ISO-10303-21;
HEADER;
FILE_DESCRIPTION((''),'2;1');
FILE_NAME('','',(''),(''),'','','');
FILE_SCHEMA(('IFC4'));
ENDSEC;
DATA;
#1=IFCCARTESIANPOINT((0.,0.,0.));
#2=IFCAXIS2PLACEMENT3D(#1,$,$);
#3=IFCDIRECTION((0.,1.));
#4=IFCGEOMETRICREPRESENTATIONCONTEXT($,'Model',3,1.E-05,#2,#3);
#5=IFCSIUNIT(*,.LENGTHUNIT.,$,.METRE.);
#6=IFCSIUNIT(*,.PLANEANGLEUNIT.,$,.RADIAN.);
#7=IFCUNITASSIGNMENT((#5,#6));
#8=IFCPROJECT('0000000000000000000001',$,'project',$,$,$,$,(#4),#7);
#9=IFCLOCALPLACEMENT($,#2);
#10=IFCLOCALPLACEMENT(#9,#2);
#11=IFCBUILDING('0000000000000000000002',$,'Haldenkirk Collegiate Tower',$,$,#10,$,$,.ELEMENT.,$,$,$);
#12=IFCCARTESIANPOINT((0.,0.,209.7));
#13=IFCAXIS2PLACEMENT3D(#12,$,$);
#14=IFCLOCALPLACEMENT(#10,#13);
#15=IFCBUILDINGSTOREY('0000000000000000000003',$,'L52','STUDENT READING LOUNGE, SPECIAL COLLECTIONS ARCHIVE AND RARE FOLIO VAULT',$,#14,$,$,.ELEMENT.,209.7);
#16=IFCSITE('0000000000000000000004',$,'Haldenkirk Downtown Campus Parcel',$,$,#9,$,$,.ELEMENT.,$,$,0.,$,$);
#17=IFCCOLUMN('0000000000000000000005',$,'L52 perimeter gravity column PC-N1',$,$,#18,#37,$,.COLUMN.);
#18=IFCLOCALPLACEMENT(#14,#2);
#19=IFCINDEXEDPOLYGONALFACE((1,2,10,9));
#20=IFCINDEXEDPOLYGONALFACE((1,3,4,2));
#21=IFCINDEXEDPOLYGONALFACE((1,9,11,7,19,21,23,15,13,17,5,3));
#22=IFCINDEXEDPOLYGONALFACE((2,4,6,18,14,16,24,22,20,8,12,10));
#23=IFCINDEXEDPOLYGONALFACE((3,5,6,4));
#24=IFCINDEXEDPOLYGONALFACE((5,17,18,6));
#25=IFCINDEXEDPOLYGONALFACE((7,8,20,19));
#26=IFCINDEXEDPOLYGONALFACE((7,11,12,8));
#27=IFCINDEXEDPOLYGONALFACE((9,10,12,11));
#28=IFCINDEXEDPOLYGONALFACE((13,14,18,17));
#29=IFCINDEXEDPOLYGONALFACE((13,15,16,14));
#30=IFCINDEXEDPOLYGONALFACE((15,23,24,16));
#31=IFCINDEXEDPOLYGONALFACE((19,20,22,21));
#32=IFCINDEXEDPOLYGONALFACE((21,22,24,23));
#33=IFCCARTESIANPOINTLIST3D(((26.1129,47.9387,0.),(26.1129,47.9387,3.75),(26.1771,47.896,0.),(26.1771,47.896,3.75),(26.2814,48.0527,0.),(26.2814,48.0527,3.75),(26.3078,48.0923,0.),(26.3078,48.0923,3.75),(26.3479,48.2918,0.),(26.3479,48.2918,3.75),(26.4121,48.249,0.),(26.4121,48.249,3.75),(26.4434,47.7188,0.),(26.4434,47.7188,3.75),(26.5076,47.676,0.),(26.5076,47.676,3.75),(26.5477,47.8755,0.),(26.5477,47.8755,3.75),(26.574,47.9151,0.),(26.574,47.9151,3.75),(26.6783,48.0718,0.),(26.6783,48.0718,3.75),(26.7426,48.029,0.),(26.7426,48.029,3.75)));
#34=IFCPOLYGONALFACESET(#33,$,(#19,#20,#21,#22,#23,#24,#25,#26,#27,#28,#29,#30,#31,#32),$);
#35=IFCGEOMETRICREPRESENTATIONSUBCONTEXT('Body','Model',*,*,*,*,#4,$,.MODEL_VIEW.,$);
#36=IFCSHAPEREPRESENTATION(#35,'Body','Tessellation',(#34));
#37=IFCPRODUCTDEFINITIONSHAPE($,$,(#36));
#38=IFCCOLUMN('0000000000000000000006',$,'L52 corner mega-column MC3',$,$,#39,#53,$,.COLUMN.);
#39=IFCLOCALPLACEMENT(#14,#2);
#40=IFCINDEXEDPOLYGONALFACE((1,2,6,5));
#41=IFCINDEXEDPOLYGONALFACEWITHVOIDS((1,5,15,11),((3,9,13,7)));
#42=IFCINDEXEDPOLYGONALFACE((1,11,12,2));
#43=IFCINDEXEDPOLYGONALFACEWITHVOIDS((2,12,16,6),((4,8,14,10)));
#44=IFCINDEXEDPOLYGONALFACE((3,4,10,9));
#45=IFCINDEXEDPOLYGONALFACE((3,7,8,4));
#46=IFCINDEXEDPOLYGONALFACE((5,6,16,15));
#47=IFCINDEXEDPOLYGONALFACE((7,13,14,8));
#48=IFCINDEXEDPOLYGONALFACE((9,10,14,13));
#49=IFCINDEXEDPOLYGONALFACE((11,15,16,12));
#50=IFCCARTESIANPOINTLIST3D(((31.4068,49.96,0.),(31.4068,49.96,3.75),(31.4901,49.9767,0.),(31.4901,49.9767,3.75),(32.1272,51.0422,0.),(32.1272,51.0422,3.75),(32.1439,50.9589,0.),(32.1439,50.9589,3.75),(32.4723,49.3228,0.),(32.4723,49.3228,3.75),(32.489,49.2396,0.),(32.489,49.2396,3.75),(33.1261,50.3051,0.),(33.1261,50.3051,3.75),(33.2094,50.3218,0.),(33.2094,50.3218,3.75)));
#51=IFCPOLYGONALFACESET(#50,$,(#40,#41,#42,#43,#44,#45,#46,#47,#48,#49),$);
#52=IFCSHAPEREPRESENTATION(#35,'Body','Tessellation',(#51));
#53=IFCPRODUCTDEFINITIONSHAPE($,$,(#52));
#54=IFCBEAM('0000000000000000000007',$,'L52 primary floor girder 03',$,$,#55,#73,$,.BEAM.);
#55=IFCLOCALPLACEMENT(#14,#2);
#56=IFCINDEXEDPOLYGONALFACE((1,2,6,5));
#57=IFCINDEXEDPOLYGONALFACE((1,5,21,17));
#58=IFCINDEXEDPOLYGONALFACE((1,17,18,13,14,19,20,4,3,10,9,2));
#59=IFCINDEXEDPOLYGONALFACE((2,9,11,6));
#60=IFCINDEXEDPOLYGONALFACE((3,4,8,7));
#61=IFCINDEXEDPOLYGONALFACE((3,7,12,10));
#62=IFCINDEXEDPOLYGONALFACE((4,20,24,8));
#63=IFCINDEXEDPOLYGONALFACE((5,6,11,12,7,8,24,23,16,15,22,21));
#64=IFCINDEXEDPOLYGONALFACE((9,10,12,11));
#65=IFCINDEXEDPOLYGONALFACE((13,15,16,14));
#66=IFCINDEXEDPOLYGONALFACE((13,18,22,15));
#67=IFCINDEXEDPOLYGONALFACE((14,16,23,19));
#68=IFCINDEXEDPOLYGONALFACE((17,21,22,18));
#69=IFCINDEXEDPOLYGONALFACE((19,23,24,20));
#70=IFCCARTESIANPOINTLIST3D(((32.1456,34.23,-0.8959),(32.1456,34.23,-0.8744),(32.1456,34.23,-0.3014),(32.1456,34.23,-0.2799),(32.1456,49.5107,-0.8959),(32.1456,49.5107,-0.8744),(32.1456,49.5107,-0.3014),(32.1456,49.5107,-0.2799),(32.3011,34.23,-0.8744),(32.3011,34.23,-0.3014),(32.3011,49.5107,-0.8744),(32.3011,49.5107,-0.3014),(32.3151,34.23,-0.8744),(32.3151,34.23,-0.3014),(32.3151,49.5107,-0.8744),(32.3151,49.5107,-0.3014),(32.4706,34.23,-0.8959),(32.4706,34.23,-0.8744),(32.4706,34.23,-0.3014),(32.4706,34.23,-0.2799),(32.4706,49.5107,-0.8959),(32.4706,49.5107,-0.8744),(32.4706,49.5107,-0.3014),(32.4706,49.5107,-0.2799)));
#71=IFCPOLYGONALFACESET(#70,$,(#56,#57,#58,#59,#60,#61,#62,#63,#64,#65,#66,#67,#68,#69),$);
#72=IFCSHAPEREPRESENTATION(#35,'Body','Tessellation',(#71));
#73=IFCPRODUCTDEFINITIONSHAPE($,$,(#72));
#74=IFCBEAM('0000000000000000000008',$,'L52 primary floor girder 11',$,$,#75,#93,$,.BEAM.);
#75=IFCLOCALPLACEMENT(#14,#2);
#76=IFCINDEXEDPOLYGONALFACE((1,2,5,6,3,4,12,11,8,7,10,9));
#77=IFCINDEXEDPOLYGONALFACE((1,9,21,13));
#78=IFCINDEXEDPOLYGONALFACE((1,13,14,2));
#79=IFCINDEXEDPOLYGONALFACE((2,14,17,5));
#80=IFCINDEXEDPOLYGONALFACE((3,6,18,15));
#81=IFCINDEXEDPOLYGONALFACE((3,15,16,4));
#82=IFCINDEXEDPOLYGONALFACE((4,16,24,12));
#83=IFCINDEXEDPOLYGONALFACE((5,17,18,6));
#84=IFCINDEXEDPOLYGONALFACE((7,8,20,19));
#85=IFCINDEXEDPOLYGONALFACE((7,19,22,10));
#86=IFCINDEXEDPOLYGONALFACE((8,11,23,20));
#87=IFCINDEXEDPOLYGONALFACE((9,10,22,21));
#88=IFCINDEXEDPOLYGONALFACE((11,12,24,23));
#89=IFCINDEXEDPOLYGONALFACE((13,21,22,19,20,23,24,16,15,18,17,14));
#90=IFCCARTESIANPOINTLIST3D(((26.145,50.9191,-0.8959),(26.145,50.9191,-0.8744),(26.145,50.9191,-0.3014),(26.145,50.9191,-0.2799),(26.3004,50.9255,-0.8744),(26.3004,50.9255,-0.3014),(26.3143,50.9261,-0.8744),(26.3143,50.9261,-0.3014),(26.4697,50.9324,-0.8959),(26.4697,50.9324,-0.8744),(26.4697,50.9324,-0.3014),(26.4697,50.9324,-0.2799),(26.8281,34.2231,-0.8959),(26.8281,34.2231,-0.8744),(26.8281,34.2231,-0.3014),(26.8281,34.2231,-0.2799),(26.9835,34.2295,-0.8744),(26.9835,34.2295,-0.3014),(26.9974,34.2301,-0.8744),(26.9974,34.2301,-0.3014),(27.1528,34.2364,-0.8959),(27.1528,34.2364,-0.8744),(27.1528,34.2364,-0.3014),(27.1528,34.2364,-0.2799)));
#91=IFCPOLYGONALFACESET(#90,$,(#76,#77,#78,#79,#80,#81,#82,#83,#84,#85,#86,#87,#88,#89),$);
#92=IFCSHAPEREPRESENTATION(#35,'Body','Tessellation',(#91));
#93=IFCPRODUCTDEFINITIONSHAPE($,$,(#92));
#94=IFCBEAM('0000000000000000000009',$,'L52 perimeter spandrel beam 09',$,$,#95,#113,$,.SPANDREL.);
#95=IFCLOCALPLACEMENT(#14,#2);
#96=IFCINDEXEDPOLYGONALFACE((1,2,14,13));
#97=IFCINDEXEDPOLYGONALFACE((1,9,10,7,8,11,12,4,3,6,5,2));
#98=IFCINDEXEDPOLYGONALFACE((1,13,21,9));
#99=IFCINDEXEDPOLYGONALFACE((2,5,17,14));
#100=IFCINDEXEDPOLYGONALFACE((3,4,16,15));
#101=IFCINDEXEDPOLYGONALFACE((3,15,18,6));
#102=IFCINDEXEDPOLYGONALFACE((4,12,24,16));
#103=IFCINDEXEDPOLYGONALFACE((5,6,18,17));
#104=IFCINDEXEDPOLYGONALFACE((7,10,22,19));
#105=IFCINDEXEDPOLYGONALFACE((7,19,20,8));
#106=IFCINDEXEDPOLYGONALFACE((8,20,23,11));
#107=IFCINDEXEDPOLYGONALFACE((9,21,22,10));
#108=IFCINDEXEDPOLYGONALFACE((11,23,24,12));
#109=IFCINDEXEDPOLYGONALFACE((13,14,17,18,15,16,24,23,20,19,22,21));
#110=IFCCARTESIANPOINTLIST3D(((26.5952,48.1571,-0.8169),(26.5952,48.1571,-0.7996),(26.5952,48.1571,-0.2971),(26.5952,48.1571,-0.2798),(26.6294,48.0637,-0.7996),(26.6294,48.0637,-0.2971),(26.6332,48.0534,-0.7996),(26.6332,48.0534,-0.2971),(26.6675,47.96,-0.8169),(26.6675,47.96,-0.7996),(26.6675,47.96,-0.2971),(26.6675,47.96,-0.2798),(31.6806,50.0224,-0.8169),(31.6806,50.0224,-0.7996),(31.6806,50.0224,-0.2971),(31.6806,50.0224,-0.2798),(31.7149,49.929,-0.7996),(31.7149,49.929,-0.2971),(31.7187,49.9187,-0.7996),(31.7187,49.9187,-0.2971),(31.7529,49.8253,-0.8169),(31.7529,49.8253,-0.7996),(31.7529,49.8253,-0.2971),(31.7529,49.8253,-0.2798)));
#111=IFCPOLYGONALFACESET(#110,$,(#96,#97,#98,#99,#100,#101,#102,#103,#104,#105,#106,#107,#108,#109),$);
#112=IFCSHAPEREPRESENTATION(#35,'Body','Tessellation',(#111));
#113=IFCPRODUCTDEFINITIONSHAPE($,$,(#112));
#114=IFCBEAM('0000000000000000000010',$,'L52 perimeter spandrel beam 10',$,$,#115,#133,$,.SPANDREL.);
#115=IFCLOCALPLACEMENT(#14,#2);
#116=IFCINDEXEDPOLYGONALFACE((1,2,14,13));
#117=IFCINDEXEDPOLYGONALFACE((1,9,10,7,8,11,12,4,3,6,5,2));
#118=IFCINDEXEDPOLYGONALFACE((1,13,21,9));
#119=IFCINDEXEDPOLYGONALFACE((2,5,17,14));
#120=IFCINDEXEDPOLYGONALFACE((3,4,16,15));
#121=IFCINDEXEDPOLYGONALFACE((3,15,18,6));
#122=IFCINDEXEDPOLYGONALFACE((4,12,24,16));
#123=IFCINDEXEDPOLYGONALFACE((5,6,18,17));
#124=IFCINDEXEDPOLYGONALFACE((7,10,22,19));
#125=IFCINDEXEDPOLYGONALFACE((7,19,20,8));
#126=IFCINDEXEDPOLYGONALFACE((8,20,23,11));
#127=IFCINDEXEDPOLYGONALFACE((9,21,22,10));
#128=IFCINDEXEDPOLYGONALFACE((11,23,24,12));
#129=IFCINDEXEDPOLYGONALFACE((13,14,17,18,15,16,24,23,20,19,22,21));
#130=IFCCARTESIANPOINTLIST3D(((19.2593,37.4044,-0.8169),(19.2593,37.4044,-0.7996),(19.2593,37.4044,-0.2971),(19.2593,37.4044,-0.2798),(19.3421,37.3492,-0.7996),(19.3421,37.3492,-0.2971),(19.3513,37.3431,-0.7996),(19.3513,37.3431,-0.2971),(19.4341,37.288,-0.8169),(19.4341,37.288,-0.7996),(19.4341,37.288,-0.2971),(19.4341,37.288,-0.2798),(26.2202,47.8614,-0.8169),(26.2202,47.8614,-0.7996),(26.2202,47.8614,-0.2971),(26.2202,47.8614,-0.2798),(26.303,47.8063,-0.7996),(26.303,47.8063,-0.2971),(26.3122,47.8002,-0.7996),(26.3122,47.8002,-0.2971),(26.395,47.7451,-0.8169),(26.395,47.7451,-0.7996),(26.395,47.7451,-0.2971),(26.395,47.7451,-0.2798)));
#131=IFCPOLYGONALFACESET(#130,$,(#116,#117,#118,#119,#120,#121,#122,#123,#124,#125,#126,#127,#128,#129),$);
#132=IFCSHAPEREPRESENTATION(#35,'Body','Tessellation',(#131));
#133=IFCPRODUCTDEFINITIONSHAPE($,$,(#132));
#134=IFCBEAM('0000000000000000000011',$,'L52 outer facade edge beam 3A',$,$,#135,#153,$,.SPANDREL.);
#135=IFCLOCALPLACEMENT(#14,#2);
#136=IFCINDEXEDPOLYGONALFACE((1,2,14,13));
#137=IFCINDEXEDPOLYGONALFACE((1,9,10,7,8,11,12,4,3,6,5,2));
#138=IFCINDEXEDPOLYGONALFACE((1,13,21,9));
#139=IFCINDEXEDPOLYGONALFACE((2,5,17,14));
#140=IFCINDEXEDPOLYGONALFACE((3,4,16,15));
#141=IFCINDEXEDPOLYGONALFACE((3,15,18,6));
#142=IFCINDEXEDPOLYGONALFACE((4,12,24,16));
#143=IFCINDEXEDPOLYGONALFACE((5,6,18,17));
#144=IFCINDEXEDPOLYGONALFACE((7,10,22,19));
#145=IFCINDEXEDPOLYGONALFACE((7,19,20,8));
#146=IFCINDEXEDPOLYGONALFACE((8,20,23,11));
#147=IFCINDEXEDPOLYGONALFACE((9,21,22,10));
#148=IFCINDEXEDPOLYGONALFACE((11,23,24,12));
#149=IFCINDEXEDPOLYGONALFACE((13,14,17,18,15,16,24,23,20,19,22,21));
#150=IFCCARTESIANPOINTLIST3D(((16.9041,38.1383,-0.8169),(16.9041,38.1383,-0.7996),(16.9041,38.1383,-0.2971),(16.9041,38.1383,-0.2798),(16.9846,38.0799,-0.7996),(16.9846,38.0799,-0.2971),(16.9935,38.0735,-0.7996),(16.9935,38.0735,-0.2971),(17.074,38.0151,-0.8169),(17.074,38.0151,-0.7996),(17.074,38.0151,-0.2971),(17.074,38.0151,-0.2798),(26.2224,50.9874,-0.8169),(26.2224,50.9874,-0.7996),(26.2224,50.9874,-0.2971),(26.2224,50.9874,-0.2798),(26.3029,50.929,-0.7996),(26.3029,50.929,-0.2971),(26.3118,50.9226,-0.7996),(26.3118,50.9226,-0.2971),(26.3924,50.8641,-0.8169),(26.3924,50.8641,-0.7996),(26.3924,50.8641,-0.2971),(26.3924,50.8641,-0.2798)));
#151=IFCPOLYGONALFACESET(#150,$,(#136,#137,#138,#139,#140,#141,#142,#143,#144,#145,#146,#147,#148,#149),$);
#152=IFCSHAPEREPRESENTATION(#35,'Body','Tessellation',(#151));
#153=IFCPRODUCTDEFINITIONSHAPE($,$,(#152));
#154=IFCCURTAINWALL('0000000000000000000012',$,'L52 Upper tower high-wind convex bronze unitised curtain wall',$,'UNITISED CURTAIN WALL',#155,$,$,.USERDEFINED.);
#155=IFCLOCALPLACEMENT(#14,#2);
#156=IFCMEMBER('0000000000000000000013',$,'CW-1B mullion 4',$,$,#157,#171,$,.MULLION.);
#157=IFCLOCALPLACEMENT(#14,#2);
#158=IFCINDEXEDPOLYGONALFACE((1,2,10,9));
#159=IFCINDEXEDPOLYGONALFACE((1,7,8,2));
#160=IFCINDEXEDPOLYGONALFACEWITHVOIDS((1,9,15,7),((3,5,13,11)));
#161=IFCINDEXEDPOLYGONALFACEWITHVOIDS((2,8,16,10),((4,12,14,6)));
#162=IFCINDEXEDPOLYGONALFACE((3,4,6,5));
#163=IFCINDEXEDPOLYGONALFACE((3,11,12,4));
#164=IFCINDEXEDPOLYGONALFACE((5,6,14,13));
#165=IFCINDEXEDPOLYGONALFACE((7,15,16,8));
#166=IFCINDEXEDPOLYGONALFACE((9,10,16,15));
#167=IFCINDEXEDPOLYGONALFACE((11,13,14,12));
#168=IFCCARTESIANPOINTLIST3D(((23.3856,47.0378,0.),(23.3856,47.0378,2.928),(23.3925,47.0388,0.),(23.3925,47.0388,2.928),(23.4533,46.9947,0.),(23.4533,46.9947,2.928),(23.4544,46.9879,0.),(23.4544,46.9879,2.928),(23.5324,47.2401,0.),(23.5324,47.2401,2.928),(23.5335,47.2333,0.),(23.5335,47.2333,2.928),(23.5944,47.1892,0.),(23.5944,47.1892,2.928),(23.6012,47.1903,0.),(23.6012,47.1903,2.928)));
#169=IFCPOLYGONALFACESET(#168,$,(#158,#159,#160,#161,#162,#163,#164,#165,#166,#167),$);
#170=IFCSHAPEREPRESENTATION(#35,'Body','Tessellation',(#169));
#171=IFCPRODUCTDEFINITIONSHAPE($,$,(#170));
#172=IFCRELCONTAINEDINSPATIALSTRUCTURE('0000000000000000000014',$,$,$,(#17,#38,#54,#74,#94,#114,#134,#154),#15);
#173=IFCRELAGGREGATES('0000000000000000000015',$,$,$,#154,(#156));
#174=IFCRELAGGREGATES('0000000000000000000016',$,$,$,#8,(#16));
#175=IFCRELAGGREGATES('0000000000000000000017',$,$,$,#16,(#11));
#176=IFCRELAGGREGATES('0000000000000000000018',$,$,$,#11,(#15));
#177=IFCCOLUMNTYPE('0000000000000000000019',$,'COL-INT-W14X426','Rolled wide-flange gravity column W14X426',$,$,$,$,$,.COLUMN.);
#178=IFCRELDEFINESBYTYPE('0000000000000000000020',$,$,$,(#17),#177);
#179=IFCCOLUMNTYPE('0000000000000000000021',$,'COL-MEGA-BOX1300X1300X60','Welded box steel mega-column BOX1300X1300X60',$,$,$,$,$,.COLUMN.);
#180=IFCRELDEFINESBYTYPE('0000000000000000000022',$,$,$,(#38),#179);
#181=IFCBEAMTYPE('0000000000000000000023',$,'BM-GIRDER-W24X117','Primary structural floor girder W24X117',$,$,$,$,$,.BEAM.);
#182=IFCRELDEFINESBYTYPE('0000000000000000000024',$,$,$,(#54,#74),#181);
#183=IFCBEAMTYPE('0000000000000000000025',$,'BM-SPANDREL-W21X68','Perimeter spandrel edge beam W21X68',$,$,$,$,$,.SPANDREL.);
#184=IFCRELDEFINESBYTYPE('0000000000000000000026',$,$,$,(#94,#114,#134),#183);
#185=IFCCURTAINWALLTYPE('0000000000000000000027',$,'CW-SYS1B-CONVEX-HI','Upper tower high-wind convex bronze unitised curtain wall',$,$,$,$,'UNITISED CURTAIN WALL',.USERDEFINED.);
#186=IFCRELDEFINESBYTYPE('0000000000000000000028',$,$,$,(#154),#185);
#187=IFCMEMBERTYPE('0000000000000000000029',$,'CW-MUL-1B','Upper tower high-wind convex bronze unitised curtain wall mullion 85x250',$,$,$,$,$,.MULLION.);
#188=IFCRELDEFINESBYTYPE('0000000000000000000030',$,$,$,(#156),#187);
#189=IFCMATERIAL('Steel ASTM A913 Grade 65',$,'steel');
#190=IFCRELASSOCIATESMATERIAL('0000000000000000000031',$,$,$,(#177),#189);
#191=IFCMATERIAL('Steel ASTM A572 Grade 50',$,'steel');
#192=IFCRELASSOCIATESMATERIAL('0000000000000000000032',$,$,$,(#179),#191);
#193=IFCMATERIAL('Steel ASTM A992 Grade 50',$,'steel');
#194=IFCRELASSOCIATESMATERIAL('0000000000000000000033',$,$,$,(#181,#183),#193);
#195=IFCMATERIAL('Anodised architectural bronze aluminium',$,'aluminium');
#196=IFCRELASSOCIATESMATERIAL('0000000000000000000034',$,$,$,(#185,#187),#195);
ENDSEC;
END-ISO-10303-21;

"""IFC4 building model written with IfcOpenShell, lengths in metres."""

from ifc_helpers import new_model, si_unit, direction, frame, origin, origin_2d, place, context, subcontext, project, spatial, hollow_rectangle, i_section, extrude, material, material_profile, profile_set, type_object, element, aggregate, save


model = new_model("IFC4")

# Units and contexts
model_context = context("Model", 3, precision=1e-05, world=origin(), true_north=direction((0.0, 1.0)))
body_context = subcontext(model_context, "Body", "Model", "MODEL_VIEW")
ifc_project = project(units=[si_unit("LENGTHUNIT", "METRE"), si_unit("PLANEANGLEUNIT", "RADIAN")], contexts=[model_context])

# Site, building, storey
site_placement = place(None, origin())
site = spatial("IfcSite", under=ifc_project, at=site_placement, Name="Haldenkirk Downtown Campus Parcel", CompositionType="ELEMENT", RefElevation=0.0)
building_placement = place(site_placement, origin())
building = spatial("IfcBuilding", under=site, at=building_placement, Name="Haldenkirk Collegiate Tower", CompositionType="ELEMENT")
storey_placement = place(building_placement, frame((0.0, 0.0, 209.7)))
storey = spatial("IfcBuildingStorey", under=building, at=storey_placement, Name="L52", Description="STUDENT READING LOUNGE, SPECIAL COLLECTIONS ARCHIVE AND RARE FOLIO VAULT", CompositionType="ELEMENT", Elevation=209.7)

# Columns
ifc_material_1 = material(Name="Steel ASTM A913 Grade 65", Category="steel")
ifc_material_profile_1 = material_profile(ifc_material_1, i_section(OverallWidth=0.4241, OverallDepth=0.4741, WebThickness=0.0476, FlangeThickness=0.0771, at=origin_2d()), Name="W14X426")
ifc_profile_set_1 = profile_set([ifc_material_profile_1], Name="Steel ASTM A913 Grade 65")
column_type_1 = type_object("IfcColumnType", Name="COL-INT-W14X426", Description="Rolled wide-flange gravity column W14X426", PredefinedType="COLUMN", material=ifc_profile_set_1)
column_1_placement = place(storey_placement, frame((26.4277, 47.9839, 0.0), z_axis=(0.0, 0.0, 1.0), x_axis=(0.554118, 0.832438, 0.0)))
element("IfcColumn", 1, at=column_1_placement, inside=storey, type_object=column_type_1, Name="L52 perimeter gravity column PC-N1", PredefinedType="COLUMN", context=body_context, shape_type="SweptSolid", body=[
    extrude(i_section(OverallWidth=0.4241, OverallDepth=0.4741, WebThickness=0.0476, FlangeThickness=0.0771, at=origin_2d()), origin(), (0.0, 0.0, 1.0), 3.75),
])
ifc_material_2 = material(Name="Steel ASTM A572 Grade 50", Category="steel")
ifc_material_profile_2 = material_profile(ifc_material_2, hollow_rectangle(XDim=1.3, YDim=1.3, WallThickness=0.0601, at=origin_2d()), Name="BOX1300X1300X60")
ifc_profile_set_2 = profile_set([ifc_material_profile_2], Name="Steel ASTM A572 Grade 50")
column_type_2 = type_object("IfcColumnType", Name="COL-MEGA-BOX1300X1300X60", Description="Welded box steel mega-column BOX1300X1300X60", PredefinedType="COLUMN", material=ifc_profile_set_2)
column_2_placement = place(storey_placement, frame((32.3081, 50.1409, 0.0), z_axis=(0.0, 0.0, 1.0), x_axis=(0.554118, 0.832438, 0.0)))
element("IfcColumn", 2, at=column_2_placement, inside=storey, type_object=column_type_2, Name="L52 corner mega-column MC3", PredefinedType="COLUMN", context=body_context, shape_type="SweptSolid", body=[
    extrude(hollow_rectangle(XDim=1.3, YDim=1.3, WallThickness=0.0601, at=origin_2d()), origin(), (0.0, 0.0, 1.0), 3.75),
])

# Beams
ifc_material_3 = material(Name="Steel ASTM A992 Grade 50", Category="steel")
ifc_material_profile_3 = material_profile(ifc_material_3, i_section(OverallWidth=0.325, OverallDepth=0.616, WebThickness=0.0139, FlangeThickness=0.0215, at=origin_2d()), Name="W24X117")
ifc_profile_set_3 = profile_set([ifc_material_profile_3], Name="Steel ASTM A992 Grade 50")
beam_type_1 = type_object("IfcBeamType", Name="BM-GIRDER-W24X117", Description="Primary structural floor girder W24X117", PredefinedType="BEAM", material=ifc_profile_set_3)
beam_1_placement = place(storey_placement, frame((32.3081, 49.5107, -0.5879), z_axis=(0.0, -1.0, 0.0), x_axis=(1.0, 0.0, 0.0)))
element("IfcBeam", 3, at=beam_1_placement, inside=storey, type_object=beam_type_1, Name="L52 primary floor girder 03", PredefinedType="BEAM", context=body_context, shape_type="SweptSolid", body=[
    extrude(i_section(OverallWidth=0.325, OverallDepth=0.616, WebThickness=0.0139, FlangeThickness=0.0215, at=origin_2d()), origin(), (0.0, 0.0, 1.0), 15.2808),
])
beam_2_placement = place(storey_placement, frame((26.3074, 50.9258, -0.5879), z_axis=(0.04088, -0.999164, 0.0), x_axis=(0.999164, 0.04088, 0.0)))
element("IfcBeam", 4, at=beam_2_placement, inside=storey, type_object=beam_type_1, Name="L52 primary floor girder 11", PredefinedType="BEAM", context=body_context, shape_type="SweptSolid", body=[
    extrude(i_section(OverallWidth=0.325, OverallDepth=0.616, WebThickness=0.0139, FlangeThickness=0.0215, at=origin_2d()), origin(), (0.0, 0.0, 1.0), 16.71),
])
ifc_material_profile_4 = material_profile(ifc_material_3, i_section(OverallWidth=0.21, OverallDepth=0.5371, WebThickness=0.011, FlangeThickness=0.0173, at=origin_2d()), Name="W21X68")
ifc_profile_set_4 = profile_set([ifc_material_profile_4], Name="Steel ASTM A992 Grade 50")
beam_type_2 = type_object("IfcBeamType", Name="BM-SPANDREL-W21X68", Description="Perimeter spandrel edge beam W21X68", PredefinedType="SPANDREL", material=ifc_profile_set_4)
beam_3_placement = place(storey_placement, frame((31.7168, 49.9238, -0.5483), z_axis=(-0.938842, -0.344347, 0.0), x_axis=(0.344347, -0.938842, 0.0)))
element("IfcBeam", 5, at=beam_3_placement, inside=storey, type_object=beam_type_2, Name="L52 perimeter spandrel beam 09", PredefinedType="SPANDREL", context=body_context, shape_type="SweptSolid", body=[
    extrude(i_section(OverallWidth=0.21, OverallDepth=0.5371, WebThickness=0.011, FlangeThickness=0.0173, at=origin_2d()), origin(), (0.0, 0.0, 1.0), 5.4167),
])
beam_4_placement = place(storey_placement, frame((26.3076, 47.8032, -0.5483), z_axis=(-0.554126, -0.832433, 0.0), x_axis=(0.832433, -0.554126, 0.0)))
element("IfcBeam", 6, at=beam_4_placement, inside=storey, type_object=beam_type_2, Name="L52 perimeter spandrel beam 10", PredefinedType="SPANDREL", context=body_context, shape_type="SweptSolid", body=[
    extrude(i_section(OverallWidth=0.21, OverallDepth=0.5371, WebThickness=0.011, FlangeThickness=0.0173, at=origin_2d()), origin(), (0.0, 0.0, 1.0), 12.562),
])
beam_5_placement = place(storey_placement, frame((26.3074, 50.9258, -0.5483), z_axis=(-0.587081, -0.809528, 0.0), x_axis=(0.809528, -0.587081, 0.0)))
element("IfcBeam", 7, at=beam_5_placement, inside=storey, type_object=beam_type_2, Name="L52 outer facade edge beam 3A", PredefinedType="SPANDREL", context=body_context, shape_type="SweptSolid", body=[
    extrude(i_section(OverallWidth=0.21, OverallDepth=0.5371, WebThickness=0.011, FlangeThickness=0.0173, at=origin_2d()), origin(), (0.0, 0.0, 1.0), 15.8723),
])

# Curtain wall, member
ifc_material_4 = material(Name="Anodised architectural bronze aluminium", Category="aluminium")
curtain_wall_type = type_object("IfcCurtainWallType", Name="CW-SYS1B-CONVEX-HI", Description="Upper tower high-wind convex bronze unitised curtain wall", ElementType="UNITISED CURTAIN WALL", PredefinedType="USERDEFINED", material=ifc_material_4)
curtain_wall_placement = place(storey_placement, origin())
curtain_wall = element("IfcCurtainWall", 8, at=curtain_wall_placement, inside=storey, type_object=curtain_wall_type, Name="L52 Upper tower high-wind convex bronze unitised curtain wall", ObjectType="UNITISED CURTAIN WALL", PredefinedType="USERDEFINED")
ifc_material_profile_5 = material_profile(ifc_material_4, hollow_rectangle(XDim=0.085, YDim=0.25, WallThickness=0.0049, at=origin_2d()), Name="CW-MUL-1B")
ifc_profile_set_5 = profile_set([ifc_material_profile_5], Name="Anodised architectural bronze aluminium")
member_type_1 = type_object("IfcMemberType", Name="CW-MUL-1B", Description="Upper tower high-wind convex bronze unitised curtain wall mullion 85x250", PredefinedType="MULLION", material=ifc_profile_set_5)
member_1_placement = place(storey_placement, frame((23.4934, 47.114, 0.0), z_axis=(0.0, 0.0, 1.0), x_axis=(-0.80953, 0.587078, 0.0)))
member_1 = element("IfcMember", 9, at=member_1_placement, type_object=member_type_1, Name="CW-1B mullion 4", PredefinedType="MULLION", context=body_context, shape_type="SweptSolid", body=[
    extrude(hollow_rectangle(XDim=0.085, YDim=0.25, WallThickness=0.0049, at=origin_2d()), origin(), (0.0, 0.0, 1.0), 2.928),
])
aggregate(curtain_wall, [member_1])

save(model, "model.ifc")
